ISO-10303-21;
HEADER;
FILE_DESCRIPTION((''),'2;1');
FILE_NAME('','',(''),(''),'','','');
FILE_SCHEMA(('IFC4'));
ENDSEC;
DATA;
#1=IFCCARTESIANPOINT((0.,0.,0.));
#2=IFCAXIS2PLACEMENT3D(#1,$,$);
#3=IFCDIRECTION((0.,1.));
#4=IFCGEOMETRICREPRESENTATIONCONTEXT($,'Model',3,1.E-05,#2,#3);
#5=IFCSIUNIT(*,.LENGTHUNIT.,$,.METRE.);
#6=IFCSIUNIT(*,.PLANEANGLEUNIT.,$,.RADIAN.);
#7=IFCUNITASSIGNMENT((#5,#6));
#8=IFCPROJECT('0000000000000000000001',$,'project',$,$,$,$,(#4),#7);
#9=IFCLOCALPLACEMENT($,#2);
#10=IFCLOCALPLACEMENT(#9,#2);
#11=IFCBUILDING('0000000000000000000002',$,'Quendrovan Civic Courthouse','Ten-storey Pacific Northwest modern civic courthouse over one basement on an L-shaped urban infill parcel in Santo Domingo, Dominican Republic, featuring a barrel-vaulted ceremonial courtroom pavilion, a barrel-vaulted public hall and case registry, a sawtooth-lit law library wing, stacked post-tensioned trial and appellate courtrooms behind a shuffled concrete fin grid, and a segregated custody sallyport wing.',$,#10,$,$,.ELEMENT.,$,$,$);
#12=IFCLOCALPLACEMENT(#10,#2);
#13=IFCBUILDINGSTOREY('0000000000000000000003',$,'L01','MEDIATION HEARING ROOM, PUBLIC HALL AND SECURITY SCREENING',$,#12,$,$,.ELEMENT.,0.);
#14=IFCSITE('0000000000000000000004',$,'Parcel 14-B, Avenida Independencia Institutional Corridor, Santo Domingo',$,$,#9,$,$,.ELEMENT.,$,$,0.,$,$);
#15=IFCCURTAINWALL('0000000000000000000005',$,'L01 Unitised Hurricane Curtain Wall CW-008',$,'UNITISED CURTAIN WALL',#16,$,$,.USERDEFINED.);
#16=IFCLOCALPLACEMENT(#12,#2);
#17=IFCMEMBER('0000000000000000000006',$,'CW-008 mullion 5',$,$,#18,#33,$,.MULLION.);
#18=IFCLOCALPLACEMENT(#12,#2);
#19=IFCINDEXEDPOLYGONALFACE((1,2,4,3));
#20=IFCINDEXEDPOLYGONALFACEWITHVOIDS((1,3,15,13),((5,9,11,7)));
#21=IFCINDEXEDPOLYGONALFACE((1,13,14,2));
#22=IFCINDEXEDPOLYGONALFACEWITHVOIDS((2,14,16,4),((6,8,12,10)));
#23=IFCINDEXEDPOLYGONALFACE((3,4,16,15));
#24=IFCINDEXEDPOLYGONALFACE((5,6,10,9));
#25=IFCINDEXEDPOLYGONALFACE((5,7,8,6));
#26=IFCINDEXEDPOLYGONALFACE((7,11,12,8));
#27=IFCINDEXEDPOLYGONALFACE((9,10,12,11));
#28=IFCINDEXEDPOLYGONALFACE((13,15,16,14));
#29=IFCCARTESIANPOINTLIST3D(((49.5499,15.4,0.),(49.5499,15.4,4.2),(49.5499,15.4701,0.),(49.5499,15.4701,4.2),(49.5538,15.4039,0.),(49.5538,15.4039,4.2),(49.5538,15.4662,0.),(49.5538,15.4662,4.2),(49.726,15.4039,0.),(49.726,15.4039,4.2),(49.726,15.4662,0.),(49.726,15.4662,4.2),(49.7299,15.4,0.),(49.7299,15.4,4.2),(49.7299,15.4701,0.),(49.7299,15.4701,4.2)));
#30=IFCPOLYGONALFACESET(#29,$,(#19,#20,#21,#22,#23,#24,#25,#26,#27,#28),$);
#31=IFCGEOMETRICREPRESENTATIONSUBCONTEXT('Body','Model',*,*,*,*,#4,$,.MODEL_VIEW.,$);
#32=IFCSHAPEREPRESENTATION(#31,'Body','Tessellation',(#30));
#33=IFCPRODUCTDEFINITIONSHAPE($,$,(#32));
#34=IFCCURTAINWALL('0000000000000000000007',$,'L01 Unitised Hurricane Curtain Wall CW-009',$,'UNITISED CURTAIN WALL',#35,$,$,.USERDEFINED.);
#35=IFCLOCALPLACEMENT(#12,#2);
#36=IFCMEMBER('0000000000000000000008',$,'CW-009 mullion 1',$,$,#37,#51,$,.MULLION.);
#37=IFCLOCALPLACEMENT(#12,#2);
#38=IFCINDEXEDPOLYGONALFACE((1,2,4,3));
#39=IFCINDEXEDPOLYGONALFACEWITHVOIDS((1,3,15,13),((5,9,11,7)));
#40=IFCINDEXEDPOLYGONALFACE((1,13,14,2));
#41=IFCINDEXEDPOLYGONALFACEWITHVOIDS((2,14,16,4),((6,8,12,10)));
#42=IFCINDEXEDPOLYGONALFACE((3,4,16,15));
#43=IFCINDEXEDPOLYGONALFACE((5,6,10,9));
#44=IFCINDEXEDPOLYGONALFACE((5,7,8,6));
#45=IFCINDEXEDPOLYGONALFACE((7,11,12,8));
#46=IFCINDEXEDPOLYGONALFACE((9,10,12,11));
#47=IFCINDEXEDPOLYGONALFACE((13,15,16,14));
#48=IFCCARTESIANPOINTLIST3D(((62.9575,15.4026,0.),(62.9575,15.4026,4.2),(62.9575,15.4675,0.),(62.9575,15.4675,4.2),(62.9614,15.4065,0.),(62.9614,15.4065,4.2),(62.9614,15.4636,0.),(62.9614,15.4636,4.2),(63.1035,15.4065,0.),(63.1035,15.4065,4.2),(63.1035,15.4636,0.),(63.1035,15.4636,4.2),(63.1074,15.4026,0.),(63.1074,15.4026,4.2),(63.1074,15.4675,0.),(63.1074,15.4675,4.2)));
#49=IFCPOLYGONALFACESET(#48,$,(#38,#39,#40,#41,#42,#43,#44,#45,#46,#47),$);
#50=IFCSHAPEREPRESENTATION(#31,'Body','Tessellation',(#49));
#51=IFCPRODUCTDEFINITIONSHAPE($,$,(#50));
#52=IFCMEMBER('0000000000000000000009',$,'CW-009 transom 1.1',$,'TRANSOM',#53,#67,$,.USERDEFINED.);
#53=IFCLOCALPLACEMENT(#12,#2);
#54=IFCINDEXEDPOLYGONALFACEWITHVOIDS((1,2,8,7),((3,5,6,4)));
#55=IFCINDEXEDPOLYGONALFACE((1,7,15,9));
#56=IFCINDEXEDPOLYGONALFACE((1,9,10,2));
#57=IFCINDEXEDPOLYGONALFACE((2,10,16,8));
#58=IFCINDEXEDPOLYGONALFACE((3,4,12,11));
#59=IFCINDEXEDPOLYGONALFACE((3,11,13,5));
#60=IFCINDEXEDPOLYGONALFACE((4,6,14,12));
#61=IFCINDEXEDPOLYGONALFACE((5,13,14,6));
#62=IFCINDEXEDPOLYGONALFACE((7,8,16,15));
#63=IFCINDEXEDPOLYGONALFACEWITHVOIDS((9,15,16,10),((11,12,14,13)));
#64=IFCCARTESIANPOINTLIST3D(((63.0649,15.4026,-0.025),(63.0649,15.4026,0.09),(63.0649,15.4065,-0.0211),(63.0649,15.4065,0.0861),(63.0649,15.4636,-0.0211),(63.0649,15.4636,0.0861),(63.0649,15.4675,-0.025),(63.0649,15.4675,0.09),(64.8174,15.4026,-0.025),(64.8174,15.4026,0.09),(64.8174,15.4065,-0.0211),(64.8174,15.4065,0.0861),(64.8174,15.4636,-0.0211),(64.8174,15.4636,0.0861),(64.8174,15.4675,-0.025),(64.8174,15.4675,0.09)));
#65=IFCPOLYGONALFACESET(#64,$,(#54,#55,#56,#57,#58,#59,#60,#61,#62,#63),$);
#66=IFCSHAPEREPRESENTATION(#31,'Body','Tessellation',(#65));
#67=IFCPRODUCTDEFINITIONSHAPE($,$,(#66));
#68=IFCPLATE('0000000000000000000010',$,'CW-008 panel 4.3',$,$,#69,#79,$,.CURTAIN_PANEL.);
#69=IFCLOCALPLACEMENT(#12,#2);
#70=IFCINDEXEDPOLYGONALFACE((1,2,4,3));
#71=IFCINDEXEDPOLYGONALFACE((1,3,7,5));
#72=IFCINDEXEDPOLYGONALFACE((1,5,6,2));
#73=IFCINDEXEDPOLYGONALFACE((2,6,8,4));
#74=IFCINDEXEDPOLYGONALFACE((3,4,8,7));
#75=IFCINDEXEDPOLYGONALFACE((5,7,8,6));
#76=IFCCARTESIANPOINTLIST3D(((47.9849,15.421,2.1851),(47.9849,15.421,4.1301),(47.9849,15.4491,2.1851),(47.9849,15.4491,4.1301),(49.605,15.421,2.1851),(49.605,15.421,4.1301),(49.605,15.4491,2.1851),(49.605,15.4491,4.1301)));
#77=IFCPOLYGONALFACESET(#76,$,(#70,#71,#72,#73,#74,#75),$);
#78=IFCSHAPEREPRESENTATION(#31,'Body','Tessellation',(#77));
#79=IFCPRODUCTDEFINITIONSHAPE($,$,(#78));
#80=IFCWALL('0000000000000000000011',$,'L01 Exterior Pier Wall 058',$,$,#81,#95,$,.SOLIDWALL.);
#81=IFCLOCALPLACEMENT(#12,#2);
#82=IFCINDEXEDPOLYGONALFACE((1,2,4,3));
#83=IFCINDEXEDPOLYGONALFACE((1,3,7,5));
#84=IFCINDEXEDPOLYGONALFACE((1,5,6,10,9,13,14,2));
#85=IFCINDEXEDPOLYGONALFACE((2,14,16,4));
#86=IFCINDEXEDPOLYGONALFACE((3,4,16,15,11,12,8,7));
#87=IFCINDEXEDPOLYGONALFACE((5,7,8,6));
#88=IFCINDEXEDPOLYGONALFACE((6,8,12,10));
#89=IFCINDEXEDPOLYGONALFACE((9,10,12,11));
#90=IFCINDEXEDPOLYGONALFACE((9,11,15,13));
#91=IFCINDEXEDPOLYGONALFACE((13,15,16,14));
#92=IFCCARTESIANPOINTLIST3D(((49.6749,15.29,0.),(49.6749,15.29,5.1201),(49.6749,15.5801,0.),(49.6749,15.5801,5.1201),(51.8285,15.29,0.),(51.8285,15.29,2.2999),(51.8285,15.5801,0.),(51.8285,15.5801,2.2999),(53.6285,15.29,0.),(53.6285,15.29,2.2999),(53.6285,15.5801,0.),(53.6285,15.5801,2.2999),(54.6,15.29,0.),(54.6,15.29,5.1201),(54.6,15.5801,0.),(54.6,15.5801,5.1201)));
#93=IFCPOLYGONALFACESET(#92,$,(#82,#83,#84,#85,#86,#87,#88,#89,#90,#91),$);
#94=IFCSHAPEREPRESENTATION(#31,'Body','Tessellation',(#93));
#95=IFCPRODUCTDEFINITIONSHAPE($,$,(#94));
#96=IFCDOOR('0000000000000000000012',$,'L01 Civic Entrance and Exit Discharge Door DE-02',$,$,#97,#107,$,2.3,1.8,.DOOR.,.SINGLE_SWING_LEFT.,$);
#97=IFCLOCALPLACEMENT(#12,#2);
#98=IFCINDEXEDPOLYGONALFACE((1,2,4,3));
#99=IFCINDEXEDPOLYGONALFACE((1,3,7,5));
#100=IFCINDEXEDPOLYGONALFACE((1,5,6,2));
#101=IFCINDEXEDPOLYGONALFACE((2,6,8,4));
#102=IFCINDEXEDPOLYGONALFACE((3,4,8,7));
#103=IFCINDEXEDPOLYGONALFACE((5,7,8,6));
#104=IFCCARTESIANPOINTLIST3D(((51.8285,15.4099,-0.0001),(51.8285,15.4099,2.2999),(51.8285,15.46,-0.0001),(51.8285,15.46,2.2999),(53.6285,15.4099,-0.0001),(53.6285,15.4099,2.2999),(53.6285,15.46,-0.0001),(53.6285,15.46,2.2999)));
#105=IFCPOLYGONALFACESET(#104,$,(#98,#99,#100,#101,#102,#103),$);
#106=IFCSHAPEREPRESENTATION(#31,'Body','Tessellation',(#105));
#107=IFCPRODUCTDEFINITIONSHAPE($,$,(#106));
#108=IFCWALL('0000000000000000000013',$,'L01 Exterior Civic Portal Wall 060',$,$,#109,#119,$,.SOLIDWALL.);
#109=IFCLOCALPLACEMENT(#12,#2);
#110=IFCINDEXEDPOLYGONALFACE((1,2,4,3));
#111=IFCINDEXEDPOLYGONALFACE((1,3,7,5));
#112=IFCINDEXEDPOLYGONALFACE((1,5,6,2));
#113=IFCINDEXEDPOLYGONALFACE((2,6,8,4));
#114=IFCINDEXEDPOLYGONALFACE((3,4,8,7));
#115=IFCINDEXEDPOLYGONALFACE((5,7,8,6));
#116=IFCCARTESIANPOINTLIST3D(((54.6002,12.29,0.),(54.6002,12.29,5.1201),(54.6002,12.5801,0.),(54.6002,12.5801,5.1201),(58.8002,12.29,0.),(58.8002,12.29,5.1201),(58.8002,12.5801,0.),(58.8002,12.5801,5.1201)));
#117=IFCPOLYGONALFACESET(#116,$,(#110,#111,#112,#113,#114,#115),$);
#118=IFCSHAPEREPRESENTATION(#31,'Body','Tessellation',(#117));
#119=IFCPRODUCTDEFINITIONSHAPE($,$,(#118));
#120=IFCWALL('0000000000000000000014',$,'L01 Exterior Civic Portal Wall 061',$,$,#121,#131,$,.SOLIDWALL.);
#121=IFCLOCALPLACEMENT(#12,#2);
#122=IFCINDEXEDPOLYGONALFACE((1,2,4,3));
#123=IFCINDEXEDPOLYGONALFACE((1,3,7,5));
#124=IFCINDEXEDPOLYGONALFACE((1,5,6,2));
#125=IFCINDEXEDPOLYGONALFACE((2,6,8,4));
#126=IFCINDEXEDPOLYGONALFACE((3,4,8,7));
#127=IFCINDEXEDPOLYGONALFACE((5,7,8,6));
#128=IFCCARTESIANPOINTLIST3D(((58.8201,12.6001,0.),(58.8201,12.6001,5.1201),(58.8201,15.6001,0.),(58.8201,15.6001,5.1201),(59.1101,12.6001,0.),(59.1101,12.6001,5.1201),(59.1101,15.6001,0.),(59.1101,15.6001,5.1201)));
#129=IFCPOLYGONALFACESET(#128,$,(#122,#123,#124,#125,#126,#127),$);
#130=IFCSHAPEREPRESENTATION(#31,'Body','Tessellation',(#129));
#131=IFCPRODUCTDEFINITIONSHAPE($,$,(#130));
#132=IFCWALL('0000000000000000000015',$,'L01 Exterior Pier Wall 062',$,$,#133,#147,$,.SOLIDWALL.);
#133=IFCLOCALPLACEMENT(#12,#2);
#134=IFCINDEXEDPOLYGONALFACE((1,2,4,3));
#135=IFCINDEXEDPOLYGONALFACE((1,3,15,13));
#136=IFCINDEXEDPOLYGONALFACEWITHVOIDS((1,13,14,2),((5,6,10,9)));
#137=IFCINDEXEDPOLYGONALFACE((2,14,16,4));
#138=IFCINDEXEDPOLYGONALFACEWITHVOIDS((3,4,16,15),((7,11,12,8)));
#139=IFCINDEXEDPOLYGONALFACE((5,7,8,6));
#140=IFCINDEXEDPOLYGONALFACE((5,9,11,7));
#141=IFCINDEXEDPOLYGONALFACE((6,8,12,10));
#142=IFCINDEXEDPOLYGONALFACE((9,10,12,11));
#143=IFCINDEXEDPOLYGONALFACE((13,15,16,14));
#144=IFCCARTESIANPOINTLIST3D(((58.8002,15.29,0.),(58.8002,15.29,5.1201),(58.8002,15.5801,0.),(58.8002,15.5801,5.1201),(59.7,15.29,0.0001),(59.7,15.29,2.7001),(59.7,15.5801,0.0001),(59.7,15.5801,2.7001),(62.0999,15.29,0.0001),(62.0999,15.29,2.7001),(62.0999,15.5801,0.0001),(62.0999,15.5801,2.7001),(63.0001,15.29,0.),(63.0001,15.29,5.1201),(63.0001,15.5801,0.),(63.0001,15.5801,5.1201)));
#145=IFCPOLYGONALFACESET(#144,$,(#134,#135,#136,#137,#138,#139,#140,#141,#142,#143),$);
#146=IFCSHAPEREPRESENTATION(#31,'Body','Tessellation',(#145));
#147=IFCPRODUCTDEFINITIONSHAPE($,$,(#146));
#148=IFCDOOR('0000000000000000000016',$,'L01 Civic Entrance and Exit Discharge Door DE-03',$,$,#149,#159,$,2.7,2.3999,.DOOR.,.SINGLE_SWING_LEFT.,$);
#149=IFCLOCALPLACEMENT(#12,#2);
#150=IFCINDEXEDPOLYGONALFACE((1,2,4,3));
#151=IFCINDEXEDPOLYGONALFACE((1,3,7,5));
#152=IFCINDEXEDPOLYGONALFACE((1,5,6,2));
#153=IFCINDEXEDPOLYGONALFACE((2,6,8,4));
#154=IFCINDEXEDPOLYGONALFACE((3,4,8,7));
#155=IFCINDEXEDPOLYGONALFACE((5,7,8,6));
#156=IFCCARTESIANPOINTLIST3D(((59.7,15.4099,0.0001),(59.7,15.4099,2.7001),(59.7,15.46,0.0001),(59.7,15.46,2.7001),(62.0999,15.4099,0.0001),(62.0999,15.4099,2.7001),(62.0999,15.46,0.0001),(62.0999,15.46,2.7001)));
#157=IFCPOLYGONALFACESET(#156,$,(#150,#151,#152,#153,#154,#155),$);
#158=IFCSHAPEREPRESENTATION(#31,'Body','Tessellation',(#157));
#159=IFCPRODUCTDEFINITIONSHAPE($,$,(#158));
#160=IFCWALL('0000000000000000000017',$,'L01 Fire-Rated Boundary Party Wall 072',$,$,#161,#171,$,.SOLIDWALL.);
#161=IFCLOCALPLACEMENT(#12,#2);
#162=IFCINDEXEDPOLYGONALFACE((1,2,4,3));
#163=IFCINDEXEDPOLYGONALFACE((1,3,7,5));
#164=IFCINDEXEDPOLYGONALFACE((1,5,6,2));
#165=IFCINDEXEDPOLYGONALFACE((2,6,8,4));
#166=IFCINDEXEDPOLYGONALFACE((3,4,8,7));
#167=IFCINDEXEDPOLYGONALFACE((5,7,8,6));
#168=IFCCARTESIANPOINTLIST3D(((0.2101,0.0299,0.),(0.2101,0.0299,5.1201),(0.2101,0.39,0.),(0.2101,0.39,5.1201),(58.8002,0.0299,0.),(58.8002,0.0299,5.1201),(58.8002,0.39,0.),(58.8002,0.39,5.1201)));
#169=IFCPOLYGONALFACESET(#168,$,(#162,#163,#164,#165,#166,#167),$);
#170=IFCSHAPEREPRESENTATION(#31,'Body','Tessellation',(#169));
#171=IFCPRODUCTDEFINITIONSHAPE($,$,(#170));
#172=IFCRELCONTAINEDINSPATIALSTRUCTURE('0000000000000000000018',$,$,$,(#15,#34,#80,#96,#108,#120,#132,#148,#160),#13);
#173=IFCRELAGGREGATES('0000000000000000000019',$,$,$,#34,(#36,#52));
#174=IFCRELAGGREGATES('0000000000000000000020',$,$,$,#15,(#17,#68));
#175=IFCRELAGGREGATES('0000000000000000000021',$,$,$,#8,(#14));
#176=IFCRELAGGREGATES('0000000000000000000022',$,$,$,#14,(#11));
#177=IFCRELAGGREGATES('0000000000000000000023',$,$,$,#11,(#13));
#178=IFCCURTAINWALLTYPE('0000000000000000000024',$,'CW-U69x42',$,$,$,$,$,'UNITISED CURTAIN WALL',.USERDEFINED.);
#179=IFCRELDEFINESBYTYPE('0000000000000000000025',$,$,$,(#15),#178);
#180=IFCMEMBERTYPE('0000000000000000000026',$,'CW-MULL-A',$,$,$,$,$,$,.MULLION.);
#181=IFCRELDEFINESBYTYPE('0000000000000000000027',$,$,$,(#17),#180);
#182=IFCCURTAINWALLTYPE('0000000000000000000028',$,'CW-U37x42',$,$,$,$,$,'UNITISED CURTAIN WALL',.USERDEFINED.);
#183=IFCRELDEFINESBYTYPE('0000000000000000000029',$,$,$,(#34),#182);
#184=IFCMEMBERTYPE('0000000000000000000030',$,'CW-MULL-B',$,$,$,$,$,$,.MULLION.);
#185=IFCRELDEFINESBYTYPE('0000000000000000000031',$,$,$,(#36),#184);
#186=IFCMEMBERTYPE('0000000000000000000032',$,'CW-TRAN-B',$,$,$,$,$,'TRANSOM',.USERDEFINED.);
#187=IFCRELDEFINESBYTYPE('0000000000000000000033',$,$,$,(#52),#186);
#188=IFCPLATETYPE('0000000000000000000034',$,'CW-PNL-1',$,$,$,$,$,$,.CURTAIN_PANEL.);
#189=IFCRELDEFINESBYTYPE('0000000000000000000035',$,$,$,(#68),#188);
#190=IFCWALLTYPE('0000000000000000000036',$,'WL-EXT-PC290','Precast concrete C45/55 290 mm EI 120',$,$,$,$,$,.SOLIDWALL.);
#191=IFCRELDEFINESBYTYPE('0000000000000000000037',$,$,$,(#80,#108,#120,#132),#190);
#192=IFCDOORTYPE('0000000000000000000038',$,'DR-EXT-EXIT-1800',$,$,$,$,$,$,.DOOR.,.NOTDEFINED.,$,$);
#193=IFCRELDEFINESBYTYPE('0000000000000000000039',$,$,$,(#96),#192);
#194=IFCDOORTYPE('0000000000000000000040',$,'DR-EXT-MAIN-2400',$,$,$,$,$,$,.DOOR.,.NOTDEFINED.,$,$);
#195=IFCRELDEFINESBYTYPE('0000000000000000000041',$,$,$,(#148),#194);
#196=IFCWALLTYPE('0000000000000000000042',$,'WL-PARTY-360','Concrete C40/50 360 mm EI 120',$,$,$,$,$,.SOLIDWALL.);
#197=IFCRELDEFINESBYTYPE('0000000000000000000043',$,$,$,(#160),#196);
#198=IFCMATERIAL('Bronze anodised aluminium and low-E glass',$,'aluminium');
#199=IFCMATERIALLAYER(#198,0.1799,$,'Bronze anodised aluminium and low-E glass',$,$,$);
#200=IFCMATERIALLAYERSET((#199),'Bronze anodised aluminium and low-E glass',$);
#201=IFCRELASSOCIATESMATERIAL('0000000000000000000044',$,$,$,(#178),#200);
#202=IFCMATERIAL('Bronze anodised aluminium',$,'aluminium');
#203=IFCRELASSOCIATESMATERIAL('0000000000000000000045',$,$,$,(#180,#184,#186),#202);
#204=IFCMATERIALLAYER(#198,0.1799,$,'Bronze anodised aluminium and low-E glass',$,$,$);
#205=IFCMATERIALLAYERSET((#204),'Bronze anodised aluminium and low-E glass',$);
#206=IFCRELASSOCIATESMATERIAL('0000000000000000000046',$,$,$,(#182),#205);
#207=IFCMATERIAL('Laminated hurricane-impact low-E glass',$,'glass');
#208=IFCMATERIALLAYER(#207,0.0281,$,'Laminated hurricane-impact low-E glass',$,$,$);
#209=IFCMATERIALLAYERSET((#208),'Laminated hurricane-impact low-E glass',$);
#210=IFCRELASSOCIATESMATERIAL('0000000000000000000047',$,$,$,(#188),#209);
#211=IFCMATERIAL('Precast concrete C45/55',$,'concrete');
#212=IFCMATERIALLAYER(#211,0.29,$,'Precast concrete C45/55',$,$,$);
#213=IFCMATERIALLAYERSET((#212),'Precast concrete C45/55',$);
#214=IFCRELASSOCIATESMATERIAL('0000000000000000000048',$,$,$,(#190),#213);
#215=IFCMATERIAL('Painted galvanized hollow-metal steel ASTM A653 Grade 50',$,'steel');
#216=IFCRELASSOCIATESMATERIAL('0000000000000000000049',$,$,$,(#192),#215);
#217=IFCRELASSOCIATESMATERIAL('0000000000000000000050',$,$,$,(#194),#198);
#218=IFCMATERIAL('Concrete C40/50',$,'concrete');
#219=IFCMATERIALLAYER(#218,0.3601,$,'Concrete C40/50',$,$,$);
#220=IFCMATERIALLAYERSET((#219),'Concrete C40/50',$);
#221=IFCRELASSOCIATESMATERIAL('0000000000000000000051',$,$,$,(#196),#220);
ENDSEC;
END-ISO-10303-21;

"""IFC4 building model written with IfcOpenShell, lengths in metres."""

from ifc_helpers import new_model, si_unit, direction, frame, frame_2d, origin, origin_2d, place, context, subcontext, project, spatial, rectangle, hollow_rectangle, extrude, material, layer, layer_set, material_profile, profile_set, type_object, element, fill, aggregate, save


model = new_model("IFC4")

# Units and contexts
model_context = context("Model", 3, precision=1e-05, world=origin(), true_north=direction((0.0, 1.0)))
body_context = subcontext(model_context, "Body", "Model", "MODEL_VIEW")
ifc_project = project(units=[si_unit("LENGTHUNIT", "METRE"), si_unit("PLANEANGLEUNIT", "RADIAN")], contexts=[model_context])

# Site, building, storey
site_placement = place(None, origin())
site = spatial("IfcSite", under=ifc_project, at=site_placement, Name="Parcel 14-B, Avenida Independencia Institutional Corridor, Santo Domingo", CompositionType="ELEMENT", RefElevation=0.0)
building_placement = place(site_placement, origin())
building = spatial("IfcBuilding", under=site, at=building_placement, Name="Quendrovan Civic Courthouse", Description="Ten-storey Pacific Northwest modern civic courthouse over one basement on an L-shaped urban infill parcel in Santo Domingo, Dominican Republic, featuring a barrel-vaulted ceremonial courtroom pavilion, a barrel-vaulted public hall and case registry, a sawtooth-lit law library wing, stacked post-tensioned trial and appellate courtrooms behind a shuffled concrete fin grid, and a segregated custody sallyport wing.", CompositionType="ELEMENT")
storey_placement = place(building_placement, origin())
storey = spatial("IfcBuildingStorey", under=building, at=storey_placement, Name="L01", Description="MEDIATION HEARING ROOM, PUBLIC HALL AND SECURITY SCREENING", CompositionType="ELEMENT", Elevation=0.0)

# Shared definitions
ifc_material_1 = material(Name="Concrete C40/50", Category="concrete")

# Curtain wall, member
ifc_material_2 = material(Name="Bronze anodised aluminium and low-E glass", Category="aluminium")
ifc_layer_1 = layer(ifc_material_2, 0.1799, Name="Bronze anodised aluminium and low-E glass")
ifc_layer_set_1 = layer_set([ifc_layer_1], Name="Bronze anodised aluminium and low-E glass")
curtain_wall_type_1 = type_object("IfcCurtainWallType", Name="CW-U69x42", ElementType="UNITISED CURTAIN WALL", PredefinedType="USERDEFINED", material=ifc_layer_set_1)
curtain_wall_1_placement = place(storey_placement, origin())
curtain_wall_1 = element("IfcCurtainWall", 1, at=curtain_wall_1_placement, inside=storey, type_object=curtain_wall_type_1, Name="L01 Unitised Hurricane Curtain Wall CW-008", ObjectType="UNITISED CURTAIN WALL", PredefinedType="USERDEFINED")
ifc_material_3 = material(Name="Bronze anodised aluminium", Category="aluminium")
ifc_material_profile_1 = material_profile(ifc_material_3, hollow_rectangle(XDim=0.0701, YDim=0.1799, WallThickness=0.0039, at=origin_2d()), Name="CW-MULL-70x180")
ifc_profile_set_1 = profile_set([ifc_material_profile_1], Name="Bronze anodised aluminium")
member_type_1 = type_object("IfcMemberType", Name="CW-MULL-A", PredefinedType="MULLION", material=ifc_profile_set_1)
member_1_placement = place(storey_placement, frame((49.6399, 15.4351, 0.0), z_axis=(0.0, 0.0, 1.0), x_axis=(0.0, 1.0, 0.0)))
member_1 = element("IfcMember", 2, at=member_1_placement, type_object=member_type_1, Name="CW-008 mullion 5", PredefinedType="MULLION", context=body_context, shape_type="SweptSolid", body=[
    extrude(hollow_rectangle(XDim=0.0701, YDim=0.1799, WallThickness=0.0039, at=origin_2d()), origin(), (0.0, 0.0, 1.0), 4.2),
])

# Curtain wall, members
ifc_layer_2 = layer(ifc_material_2, 0.1799, Name="Bronze anodised aluminium and low-E glass")
ifc_layer_set_2 = layer_set([ifc_layer_2], Name="Bronze anodised aluminium and low-E glass")
curtain_wall_type_2 = type_object("IfcCurtainWallType", Name="CW-U37x42", ElementType="UNITISED CURTAIN WALL", PredefinedType="USERDEFINED", material=ifc_layer_set_2)
curtain_wall_2_placement = place(storey_placement, origin())
curtain_wall_2 = element("IfcCurtainWall", 3, at=curtain_wall_2_placement, inside=storey, type_object=curtain_wall_type_2, Name="L01 Unitised Hurricane Curtain Wall CW-009", ObjectType="UNITISED CURTAIN WALL", PredefinedType="USERDEFINED")
ifc_material_profile_2 = material_profile(ifc_material_3, hollow_rectangle(XDim=0.0649, YDim=0.1499, WallThickness=0.0039, at=origin_2d()), Name="CW-MULL-65x150")
ifc_profile_set_2 = profile_set([ifc_material_profile_2], Name="Bronze anodised aluminium")
member_type_2 = type_object("IfcMemberType", Name="CW-MULL-B", PredefinedType="MULLION", material=ifc_profile_set_2)
member_2_placement = place(storey_placement, frame((63.0325, 15.4351, 0.0), z_axis=(0.0, 0.0, 1.0), x_axis=(0.0, 1.0, 0.0)))
member_2 = element("IfcMember", 4, at=member_2_placement, type_object=member_type_2, Name="CW-009 mullion 1", PredefinedType="MULLION", context=body_context, shape_type="SweptSolid", body=[
    extrude(hollow_rectangle(XDim=0.0649, YDim=0.1499, WallThickness=0.0039, at=origin_2d()), origin(), (0.0, 0.0, 1.0), 4.2),
])
ifc_material_profile_3 = material_profile(ifc_material_3, hollow_rectangle(XDim=0.0649, YDim=0.115, WallThickness=0.0039, at=origin_2d()), Name="CW-TRAN-65x115")
ifc_profile_set_3 = profile_set([ifc_material_profile_3], Name="Bronze anodised aluminium")
member_type_3 = type_object("IfcMemberType", Name="CW-TRAN-B", ElementType="TRANSOM", PredefinedType="USERDEFINED", material=ifc_profile_set_3)
member_3_placement = place(storey_placement, frame((63.0649, 15.4351, 0.0325), z_axis=(1.0, 0.0, 0.0), x_axis=(0.0, 1.0, 0.0)))
member_3 = element("IfcMember", 5, at=member_3_placement, type_object=member_type_3, Name="CW-009 transom 1.1", ObjectType="TRANSOM", PredefinedType="USERDEFINED", context=body_context, shape_type="SweptSolid", body=[
    extrude(hollow_rectangle(XDim=0.0649, YDim=0.115, WallThickness=0.0039, at=origin_2d()), origin(), (0.0, 0.0, 1.0), 1.7524),
])
aggregate(curtain_wall_2, [member_2, member_3])

# Plate
ifc_material_4 = material(Name="Laminated hurricane-impact low-E glass", Category="glass")
ifc_layer_3 = layer(ifc_material_4, 0.0281, Name="Laminated hurricane-impact low-E glass")
ifc_layer_set_3 = layer_set([ifc_layer_3], Name="Laminated hurricane-impact low-E glass")
plate_type = type_object("IfcPlateType", Name="CW-PNL-1", PredefinedType="CURTAIN_PANEL", material=ifc_layer_set_3)
plate_placement = place(storey_placement, frame((48.7949, 15.4351, 2.1851), z_axis=(0.0, 0.0, 1.0), x_axis=(1.0, 0.0, 0.0)))
plate = element("IfcPlate", 6, at=plate_placement, type_object=plate_type, Name="CW-008 panel 4.3", PredefinedType="CURTAIN_PANEL", context=body_context, shape_type="SweptSolid", body=[
    extrude(rectangle(XDim=1.6201, YDim=0.0281, at=origin_2d()), origin(), (0.0, 0.0, 1.0), 1.9451),
])
aggregate(curtain_wall_1, [member_1, plate])

# Wall, opening, door
ifc_material_5 = material(Name="Precast concrete C45/55", Category="concrete")
ifc_layer_4 = layer(ifc_material_5, 0.29, Name="Precast concrete C45/55")
ifc_layer_set_4 = layer_set([ifc_layer_4], Name="Precast concrete C45/55")
wall_type_1 = type_object("IfcWallType", Name="WL-EXT-PC290", Description="Precast concrete C45/55 290 mm EI 120", PredefinedType="SOLIDWALL", material=ifc_layer_set_4)
wall_1_placement = place(storey_placement, frame((49.675, 15.4351, 0.0), z_axis=(0.0, 0.0, 1.0), x_axis=(1.0, 0.0, 0.0)))
wall_1 = element("IfcWall", 7, at=wall_1_placement, inside=storey, type_object=wall_type_1, Name="L01 Exterior Pier Wall 058", PredefinedType="SOLIDWALL", context=body_context, shape_type="SweptSolid", body=[
    extrude(rectangle(XDim=4.925, YDim=0.29, at=frame_2d((2.4624, 0.0))), origin(), (0.0, 0.0, 1.0), 5.1201),
])
opening_1_placement = place(wall_1_placement, frame((2.1536, 0.0, 0.0)))
opening_1 = element("IfcOpeningElement", 8, at=opening_1_placement, cuts=wall_1, PredefinedType="OPENING", context=body_context, shape_type="SweptSolid", body=[
    extrude(rectangle(XDim=1.8, YDim=2.3, at=frame_2d((0.8999, 1.1499))), frame((0.0, 0.155, 0.0), z_axis=(0.0, -1.0, 0.0), x_axis=(1.0, 0.0, 0.0)), (0.0, 0.0, 1.0), 0.3101),
])
ifc_material_6 = material(Name="Painted galvanized hollow-metal steel ASTM A653 Grade 50", Category="steel")
door_type_1 = type_object("IfcDoorType", Name="DR-EXT-EXIT-1800", OperationType="NOTDEFINED", PredefinedType="DOOR", material=ifc_material_6)
door_1_placement = place(opening_1_placement, origin())
door_1 = element("IfcDoor", 9, at=door_1_placement, inside=storey, type_object=door_type_1, Name="L01 Civic Entrance and Exit Discharge Door DE-02", OperationType="SINGLE_SWING_LEFT", OverallHeight=2.3, OverallWidth=1.8, PredefinedType="DOOR", context=body_context, shape_type="SweptSolid", body=[
    extrude(rectangle(XDim=1.8, YDim=2.3, at=frame_2d((0.8999, 1.1499))), frame((0.0, 0.0249, 0.0), z_axis=(0.0, -1.0, 0.0), x_axis=(1.0, 0.0, 0.0)), (0.0, 0.0, 1.0), 0.05),
])
fill(opening_1, door_1)

# Walls
wall_2_placement = place(storey_placement, frame((54.6001, 12.4351, 0.0), z_axis=(0.0, 0.0, 1.0), x_axis=(1.0, 0.0, 0.0)))
element("IfcWall", 10, at=wall_2_placement, inside=storey, type_object=wall_type_1, Name="L01 Exterior Civic Portal Wall 060", PredefinedType="SOLIDWALL", context=body_context, shape_type="SweptSolid", body=[
    extrude(rectangle(XDim=4.2, YDim=0.29, at=frame_2d((2.1001, 0.0))), origin(), (0.0, 0.0, 1.0), 5.1201),
])
wall_3_placement = place(storey_placement, frame((58.9651, 12.6001, 0.0), z_axis=(0.0, 0.0, 1.0), x_axis=(0.0, 1.0, 0.0)))
element("IfcWall", 11, at=wall_3_placement, inside=storey, type_object=wall_type_1, Name="L01 Exterior Civic Portal Wall 061", PredefinedType="SOLIDWALL", context=body_context, shape_type="SweptSolid", body=[
    extrude(rectangle(XDim=3.0, YDim=0.29, at=frame_2d((1.5, 0.0))), origin(), (0.0, 0.0, 1.0), 5.1201),
])

# Wall, opening, door
wall_4_placement = place(storey_placement, frame((58.8, 15.4351, 0.0), z_axis=(0.0, 0.0, 1.0), x_axis=(1.0, 0.0, 0.0)))
wall_4 = element("IfcWall", 12, at=wall_4_placement, inside=storey, type_object=wall_type_1, Name="L01 Exterior Pier Wall 062", PredefinedType="SOLIDWALL", context=body_context, shape_type="SweptSolid", body=[
    extrude(rectangle(XDim=4.2, YDim=0.29, at=frame_2d((2.1001, 0.0))), origin(), (0.0, 0.0, 1.0), 5.1201),
])
opening_2_placement = place(wall_4_placement, frame((0.8999, 0.0, 0.0)))
opening_2 = element("IfcOpeningElement", 13, at=opening_2_placement, cuts=wall_4, PredefinedType="OPENING", context=body_context, shape_type="SweptSolid", body=[
    extrude(rectangle(XDim=2.3999, YDim=2.7, at=frame_2d((1.2, 1.3501))), frame((0.0, 0.155, 0.0), z_axis=(0.0, -1.0, 0.0), x_axis=(1.0, 0.0, 0.0)), (0.0, 0.0, 1.0), 0.3101),
])
door_type_2 = type_object("IfcDoorType", Name="DR-EXT-MAIN-2400", OperationType="NOTDEFINED", PredefinedType="DOOR", material=ifc_material_2)
door_2_placement = place(opening_2_placement, origin())
door_2 = element("IfcDoor", 14, at=door_2_placement, inside=storey, type_object=door_type_2, Name="L01 Civic Entrance and Exit Discharge Door DE-03", OperationType="SINGLE_SWING_LEFT", OverallHeight=2.7, OverallWidth=2.3999, PredefinedType="DOOR", context=body_context, shape_type="SweptSolid", body=[
    extrude(rectangle(XDim=2.3999, YDim=2.7, at=frame_2d((1.2, 1.3501))), frame((0.0, 0.0249, 0.0), z_axis=(0.0, -1.0, 0.0), x_axis=(1.0, 0.0, 0.0)), (0.0, 0.0, 1.0), 0.05),
])
fill(opening_2, door_2)

# Wall
ifc_layer_5 = layer(ifc_material_1, 0.3601, Name="Concrete C40/50")
ifc_layer_set_5 = layer_set([ifc_layer_5], Name="Concrete C40/50")
wall_type_2 = type_object("IfcWallType", Name="WL-PARTY-360", Description="Concrete C40/50 360 mm EI 120", PredefinedType="SOLIDWALL", material=ifc_layer_set_5)
wall_5_placement = place(storey_placement, frame((58.8, 0.21, 0.0), z_axis=(0.0, 0.0, 1.0), x_axis=(-1.0, 0.0, 0.0)))
element("IfcWall", 15, at=wall_5_placement, inside=storey, type_object=wall_type_2, Name="L01 Fire-Rated Boundary Party Wall 072", PredefinedType="SOLIDWALL", context=body_context, shape_type="SweptSolid", body=[
    extrude(rectangle(XDim=58.5901, YDim=0.3601, at=frame_2d((29.2949, 0.0))), origin(), (0.0, 0.0, 1.0), 5.1201),
])

save(model, "model.ifc")
